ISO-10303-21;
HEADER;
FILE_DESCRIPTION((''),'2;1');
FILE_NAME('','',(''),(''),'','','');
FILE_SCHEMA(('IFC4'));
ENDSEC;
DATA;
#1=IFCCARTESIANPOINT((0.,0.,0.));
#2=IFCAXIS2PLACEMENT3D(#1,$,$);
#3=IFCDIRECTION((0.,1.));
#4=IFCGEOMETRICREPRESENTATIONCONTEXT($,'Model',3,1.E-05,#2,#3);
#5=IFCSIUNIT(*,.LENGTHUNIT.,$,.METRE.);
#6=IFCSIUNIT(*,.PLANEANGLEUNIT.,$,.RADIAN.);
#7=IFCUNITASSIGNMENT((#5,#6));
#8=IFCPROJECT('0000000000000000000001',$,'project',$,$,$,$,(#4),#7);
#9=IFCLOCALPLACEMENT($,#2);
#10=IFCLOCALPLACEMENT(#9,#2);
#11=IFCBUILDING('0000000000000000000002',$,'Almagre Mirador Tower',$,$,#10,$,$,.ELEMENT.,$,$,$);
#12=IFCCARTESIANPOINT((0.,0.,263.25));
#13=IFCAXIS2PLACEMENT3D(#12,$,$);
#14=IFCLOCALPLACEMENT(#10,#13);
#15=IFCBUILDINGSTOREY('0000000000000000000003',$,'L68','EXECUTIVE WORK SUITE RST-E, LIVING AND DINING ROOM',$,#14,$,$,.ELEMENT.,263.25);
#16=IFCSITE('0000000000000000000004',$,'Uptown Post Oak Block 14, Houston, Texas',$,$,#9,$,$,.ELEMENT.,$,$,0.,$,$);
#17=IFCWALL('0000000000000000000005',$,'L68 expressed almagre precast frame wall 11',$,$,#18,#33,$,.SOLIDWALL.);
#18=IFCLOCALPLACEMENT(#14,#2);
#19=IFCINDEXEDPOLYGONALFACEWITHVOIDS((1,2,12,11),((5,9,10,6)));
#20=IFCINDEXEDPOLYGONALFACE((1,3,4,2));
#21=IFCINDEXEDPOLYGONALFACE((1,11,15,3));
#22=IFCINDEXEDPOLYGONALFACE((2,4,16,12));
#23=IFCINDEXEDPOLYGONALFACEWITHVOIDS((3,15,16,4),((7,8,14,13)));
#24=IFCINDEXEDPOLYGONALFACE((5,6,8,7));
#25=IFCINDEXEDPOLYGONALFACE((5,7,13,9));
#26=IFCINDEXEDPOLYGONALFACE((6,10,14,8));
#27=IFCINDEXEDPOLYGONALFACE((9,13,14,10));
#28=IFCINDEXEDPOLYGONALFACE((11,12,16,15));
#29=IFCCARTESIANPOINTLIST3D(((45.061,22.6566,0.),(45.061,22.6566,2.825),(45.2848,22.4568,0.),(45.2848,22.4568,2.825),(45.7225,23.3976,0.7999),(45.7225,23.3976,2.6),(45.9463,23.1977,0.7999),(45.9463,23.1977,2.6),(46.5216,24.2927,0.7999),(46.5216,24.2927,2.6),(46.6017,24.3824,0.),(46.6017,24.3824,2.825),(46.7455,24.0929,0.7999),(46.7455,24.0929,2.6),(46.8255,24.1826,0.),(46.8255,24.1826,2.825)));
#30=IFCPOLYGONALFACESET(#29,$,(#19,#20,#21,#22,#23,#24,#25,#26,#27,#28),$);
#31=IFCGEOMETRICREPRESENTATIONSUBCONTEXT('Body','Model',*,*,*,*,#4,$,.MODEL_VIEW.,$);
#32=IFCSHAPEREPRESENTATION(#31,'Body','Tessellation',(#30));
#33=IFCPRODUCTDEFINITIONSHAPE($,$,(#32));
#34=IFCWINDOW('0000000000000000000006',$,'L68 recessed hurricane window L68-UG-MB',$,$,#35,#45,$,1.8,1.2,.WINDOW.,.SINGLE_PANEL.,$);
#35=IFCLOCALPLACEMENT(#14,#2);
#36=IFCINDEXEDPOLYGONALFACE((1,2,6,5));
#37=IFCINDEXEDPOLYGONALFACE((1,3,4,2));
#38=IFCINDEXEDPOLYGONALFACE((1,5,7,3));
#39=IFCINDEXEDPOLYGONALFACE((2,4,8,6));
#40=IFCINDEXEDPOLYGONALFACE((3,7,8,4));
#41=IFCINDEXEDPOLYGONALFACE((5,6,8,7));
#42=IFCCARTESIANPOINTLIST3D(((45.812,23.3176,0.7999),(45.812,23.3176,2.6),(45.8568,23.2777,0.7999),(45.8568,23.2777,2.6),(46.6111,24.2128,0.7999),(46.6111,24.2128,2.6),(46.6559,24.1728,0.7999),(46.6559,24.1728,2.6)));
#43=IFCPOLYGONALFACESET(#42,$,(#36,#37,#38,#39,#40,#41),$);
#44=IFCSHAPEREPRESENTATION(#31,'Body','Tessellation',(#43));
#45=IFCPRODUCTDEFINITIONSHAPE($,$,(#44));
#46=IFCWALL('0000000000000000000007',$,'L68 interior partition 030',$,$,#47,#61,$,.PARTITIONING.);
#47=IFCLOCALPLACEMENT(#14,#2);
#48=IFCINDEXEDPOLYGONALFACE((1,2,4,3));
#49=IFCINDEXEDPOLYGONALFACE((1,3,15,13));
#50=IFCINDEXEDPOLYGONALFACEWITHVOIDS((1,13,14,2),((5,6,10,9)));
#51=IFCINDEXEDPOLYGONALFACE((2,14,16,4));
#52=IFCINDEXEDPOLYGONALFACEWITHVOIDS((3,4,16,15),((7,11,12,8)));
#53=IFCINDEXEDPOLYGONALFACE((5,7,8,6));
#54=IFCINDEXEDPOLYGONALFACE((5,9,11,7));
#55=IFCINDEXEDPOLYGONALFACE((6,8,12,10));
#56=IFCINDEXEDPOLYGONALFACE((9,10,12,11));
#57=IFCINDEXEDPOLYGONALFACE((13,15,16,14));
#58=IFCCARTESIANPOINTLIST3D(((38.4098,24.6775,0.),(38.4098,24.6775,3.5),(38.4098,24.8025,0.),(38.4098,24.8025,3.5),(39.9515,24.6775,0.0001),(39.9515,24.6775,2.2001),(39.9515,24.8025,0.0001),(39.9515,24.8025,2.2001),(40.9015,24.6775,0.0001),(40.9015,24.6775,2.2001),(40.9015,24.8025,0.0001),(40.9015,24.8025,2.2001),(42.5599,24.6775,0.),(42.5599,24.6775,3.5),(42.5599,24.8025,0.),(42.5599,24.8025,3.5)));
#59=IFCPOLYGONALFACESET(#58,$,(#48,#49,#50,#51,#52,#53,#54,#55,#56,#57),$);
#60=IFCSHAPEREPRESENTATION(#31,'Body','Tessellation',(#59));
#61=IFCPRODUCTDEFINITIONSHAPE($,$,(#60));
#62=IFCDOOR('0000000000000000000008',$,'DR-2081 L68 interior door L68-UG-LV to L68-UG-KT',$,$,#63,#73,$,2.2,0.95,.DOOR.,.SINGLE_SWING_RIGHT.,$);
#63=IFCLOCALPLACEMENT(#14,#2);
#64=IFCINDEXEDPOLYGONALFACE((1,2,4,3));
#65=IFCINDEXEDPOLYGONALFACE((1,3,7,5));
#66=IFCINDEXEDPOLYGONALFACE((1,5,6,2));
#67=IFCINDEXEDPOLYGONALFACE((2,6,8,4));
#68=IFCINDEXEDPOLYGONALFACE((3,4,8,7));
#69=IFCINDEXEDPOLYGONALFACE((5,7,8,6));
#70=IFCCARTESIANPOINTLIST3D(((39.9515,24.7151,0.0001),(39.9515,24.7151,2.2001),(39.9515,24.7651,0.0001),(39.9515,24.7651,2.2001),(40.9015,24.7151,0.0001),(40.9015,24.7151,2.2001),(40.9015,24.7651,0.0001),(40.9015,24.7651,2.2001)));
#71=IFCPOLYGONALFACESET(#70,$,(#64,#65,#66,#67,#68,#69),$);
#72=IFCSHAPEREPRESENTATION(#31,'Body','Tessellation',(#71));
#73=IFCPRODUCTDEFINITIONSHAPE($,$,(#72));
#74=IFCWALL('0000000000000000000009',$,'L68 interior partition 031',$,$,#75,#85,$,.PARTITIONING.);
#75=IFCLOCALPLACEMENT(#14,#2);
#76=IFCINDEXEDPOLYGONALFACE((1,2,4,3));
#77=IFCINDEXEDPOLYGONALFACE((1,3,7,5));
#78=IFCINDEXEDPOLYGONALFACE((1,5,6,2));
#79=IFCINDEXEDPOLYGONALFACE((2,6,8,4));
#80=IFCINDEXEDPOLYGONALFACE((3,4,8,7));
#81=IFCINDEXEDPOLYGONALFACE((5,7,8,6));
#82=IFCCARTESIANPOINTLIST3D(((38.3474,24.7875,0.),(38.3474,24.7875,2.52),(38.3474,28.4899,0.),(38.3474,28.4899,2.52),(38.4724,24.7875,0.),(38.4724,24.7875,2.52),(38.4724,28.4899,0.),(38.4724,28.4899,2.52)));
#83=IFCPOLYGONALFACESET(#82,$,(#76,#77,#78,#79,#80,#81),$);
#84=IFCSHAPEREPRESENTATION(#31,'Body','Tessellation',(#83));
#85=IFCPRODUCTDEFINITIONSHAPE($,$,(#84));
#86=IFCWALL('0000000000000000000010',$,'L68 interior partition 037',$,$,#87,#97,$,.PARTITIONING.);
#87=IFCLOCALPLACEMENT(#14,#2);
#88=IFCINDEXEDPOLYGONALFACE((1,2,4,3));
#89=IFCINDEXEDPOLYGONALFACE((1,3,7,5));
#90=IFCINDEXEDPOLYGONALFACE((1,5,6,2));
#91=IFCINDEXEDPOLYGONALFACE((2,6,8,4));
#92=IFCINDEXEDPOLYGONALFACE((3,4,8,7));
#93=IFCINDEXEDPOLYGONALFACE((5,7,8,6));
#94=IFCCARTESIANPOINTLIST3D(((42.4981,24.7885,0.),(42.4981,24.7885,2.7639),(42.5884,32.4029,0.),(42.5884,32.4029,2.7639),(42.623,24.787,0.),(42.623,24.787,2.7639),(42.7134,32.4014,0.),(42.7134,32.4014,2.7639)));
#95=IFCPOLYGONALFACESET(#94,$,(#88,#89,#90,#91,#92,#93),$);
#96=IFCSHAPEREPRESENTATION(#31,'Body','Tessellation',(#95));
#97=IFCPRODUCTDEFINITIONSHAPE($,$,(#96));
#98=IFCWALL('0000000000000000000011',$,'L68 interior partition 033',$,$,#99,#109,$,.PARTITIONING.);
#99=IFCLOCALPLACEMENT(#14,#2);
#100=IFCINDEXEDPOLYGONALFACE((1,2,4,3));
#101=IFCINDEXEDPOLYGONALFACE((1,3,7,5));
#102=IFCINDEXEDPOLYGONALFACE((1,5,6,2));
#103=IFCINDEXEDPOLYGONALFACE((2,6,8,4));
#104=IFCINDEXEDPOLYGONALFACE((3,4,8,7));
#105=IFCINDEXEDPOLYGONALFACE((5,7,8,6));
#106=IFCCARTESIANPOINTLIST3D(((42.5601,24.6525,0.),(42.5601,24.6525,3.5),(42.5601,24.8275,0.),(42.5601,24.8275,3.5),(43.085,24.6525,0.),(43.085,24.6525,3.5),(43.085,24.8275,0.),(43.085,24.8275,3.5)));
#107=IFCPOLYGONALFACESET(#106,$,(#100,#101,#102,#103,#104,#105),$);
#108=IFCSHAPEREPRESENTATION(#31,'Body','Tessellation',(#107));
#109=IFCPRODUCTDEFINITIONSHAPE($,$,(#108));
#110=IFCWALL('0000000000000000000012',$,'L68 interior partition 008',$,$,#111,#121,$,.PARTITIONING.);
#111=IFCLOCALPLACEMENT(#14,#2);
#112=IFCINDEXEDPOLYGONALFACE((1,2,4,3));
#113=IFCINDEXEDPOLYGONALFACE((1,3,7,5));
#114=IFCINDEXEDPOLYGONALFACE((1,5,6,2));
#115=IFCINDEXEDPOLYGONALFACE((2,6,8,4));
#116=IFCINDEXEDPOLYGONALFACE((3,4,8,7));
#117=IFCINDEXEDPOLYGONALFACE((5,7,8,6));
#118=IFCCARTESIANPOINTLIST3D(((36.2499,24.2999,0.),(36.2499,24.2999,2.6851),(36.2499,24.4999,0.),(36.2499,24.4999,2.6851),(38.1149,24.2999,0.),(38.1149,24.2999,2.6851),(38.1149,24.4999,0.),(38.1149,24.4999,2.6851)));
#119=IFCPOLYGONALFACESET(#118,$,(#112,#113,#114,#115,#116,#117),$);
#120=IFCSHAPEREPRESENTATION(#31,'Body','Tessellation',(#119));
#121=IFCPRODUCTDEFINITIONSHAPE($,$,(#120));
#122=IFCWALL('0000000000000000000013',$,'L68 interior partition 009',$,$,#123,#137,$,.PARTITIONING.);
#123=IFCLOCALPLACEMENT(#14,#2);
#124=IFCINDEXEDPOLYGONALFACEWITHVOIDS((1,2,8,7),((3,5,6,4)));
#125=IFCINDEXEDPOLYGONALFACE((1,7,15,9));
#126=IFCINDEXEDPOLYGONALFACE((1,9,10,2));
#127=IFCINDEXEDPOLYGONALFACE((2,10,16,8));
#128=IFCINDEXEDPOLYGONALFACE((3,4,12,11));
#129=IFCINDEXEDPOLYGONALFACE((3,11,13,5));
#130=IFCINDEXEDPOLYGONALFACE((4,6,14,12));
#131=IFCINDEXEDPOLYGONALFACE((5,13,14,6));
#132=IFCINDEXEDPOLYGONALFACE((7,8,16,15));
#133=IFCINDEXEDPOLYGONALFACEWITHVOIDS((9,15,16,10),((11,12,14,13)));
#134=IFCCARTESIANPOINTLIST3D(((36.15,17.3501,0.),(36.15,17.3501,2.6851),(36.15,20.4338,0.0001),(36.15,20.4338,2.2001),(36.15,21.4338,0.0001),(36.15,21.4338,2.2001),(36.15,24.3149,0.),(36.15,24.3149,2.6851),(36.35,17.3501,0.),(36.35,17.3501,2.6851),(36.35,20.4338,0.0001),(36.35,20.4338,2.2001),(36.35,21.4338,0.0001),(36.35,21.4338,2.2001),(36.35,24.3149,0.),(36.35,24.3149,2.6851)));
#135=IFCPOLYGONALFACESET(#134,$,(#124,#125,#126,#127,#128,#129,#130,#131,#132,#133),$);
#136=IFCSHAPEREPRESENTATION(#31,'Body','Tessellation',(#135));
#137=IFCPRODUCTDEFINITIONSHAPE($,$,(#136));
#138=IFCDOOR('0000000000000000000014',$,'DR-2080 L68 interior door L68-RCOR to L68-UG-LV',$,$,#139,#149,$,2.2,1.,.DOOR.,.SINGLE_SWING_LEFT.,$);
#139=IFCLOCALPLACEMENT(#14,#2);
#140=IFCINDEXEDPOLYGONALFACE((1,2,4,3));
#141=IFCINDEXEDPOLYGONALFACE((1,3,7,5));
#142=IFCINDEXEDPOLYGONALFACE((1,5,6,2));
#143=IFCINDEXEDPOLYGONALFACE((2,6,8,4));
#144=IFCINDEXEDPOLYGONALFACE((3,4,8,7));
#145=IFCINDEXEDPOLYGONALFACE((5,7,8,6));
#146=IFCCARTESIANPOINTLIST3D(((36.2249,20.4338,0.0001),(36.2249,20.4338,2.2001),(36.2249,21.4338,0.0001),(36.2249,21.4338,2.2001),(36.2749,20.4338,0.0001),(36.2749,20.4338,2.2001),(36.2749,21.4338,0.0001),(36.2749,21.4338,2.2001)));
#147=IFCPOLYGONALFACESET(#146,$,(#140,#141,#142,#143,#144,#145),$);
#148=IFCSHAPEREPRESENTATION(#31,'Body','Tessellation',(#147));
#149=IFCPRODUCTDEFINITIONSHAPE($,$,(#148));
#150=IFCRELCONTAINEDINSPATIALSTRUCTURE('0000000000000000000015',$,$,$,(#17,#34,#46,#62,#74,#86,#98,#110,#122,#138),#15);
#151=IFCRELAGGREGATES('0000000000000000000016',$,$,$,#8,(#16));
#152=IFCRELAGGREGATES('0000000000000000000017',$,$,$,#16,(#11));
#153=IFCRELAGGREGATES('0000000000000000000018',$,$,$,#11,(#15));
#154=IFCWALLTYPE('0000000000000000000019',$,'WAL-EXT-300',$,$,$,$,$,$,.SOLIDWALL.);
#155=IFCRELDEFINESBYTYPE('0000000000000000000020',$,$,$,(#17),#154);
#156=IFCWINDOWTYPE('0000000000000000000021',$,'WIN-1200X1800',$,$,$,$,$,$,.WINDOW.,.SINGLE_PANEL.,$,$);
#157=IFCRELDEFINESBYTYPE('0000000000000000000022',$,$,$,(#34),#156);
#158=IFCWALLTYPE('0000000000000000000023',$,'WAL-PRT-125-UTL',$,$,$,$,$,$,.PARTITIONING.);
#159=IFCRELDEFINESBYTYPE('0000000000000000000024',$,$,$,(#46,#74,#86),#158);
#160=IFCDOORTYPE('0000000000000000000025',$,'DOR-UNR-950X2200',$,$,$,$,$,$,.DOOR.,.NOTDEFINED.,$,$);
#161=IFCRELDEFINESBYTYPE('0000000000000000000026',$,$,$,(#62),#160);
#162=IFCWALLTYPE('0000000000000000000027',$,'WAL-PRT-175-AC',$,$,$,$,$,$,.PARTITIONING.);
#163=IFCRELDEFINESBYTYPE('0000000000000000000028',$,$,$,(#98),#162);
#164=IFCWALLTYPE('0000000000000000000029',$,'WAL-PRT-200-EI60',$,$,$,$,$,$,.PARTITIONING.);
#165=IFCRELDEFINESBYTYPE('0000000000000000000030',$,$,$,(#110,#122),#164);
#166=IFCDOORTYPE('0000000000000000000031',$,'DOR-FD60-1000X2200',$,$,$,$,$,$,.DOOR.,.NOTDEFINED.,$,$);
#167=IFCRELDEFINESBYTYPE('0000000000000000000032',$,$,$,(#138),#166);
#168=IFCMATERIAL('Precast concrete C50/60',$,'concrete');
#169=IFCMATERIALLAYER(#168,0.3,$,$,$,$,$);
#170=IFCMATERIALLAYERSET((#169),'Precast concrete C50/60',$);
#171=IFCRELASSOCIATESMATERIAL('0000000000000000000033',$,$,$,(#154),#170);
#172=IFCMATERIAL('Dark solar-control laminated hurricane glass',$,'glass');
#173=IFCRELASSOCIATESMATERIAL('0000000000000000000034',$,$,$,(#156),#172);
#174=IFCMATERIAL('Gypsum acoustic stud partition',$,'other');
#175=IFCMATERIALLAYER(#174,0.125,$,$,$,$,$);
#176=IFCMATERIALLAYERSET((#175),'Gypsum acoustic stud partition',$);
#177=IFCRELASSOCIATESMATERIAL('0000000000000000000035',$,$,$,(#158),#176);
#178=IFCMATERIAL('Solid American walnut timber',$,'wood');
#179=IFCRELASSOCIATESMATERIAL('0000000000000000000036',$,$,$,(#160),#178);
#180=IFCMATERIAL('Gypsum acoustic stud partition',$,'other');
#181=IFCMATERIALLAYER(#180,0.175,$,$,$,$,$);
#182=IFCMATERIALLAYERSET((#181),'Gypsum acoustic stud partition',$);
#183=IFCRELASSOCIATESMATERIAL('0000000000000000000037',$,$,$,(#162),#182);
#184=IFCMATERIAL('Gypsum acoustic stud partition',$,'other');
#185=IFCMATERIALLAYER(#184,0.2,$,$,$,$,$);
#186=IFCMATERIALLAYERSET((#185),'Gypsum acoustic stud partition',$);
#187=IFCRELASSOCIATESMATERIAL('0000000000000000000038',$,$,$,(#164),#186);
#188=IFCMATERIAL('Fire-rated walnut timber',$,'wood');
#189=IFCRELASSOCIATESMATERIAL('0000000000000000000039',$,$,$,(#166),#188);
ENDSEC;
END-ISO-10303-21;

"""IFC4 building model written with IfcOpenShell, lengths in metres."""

from ifc_helpers import new_model, si_unit, direction, frame, frame_2d, origin, place, context, subcontext, project, spatial, rectangle, extrude, material, layer, layer_set, type_object, element, fill, save


model = new_model("IFC4")

# Units and contexts
model_context = context("Model", 3, precision=1e-05, world=origin(), true_north=direction((0.0, 1.0)))
body_context = subcontext(model_context, "Body", "Model", "MODEL_VIEW")
ifc_project = project(units=[si_unit("LENGTHUNIT", "METRE"), si_unit("PLANEANGLEUNIT", "RADIAN")], contexts=[model_context])

# Site, building, storey
site_placement = place(None, origin())
site = spatial("IfcSite", under=ifc_project, at=site_placement, Name="Uptown Post Oak Block 14, Houston, Texas", CompositionType="ELEMENT", RefElevation=0.0)
building_placement = place(site_placement, origin())
building = spatial("IfcBuilding", under=site, at=building_placement, Name="Almagre Mirador Tower", CompositionType="ELEMENT")
storey_placement = place(building_placement, frame((0.0, 0.0, 263.25)))
storey = spatial("IfcBuildingStorey", under=building, at=storey_placement, Name="L68", Description="EXECUTIVE WORK SUITE RST-E, LIVING AND DINING ROOM", CompositionType="ELEMENT", Elevation=263.25)

# Wall, opening, window
ifc_material_1 = material(Name="Precast concrete C50/60", Category="concrete")
ifc_layer_1 = layer(ifc_material_1, 0.3)
ifc_layer_set_1 = layer_set([ifc_layer_1], Name="Precast concrete C50/60")
wall_type_1 = type_object("IfcWallType", Name="WAL-EXT-300", PredefinedType="SOLIDWALL", material=ifc_layer_set_1)
wall_1_placement = place(storey_placement, frame((46.7136, 24.2825, 0.0), z_axis=(0.0, 0.0, 1.0), x_axis=(-0.66598, -0.745969, 0.0)))
wall_1 = element("IfcWall", 1, at=wall_1_placement, inside=storey, type_object=wall_type_1, Name="L68 expressed almagre precast frame wall 11", PredefinedType="SOLIDWALL", context=body_context, shape_type="SweptSolid", body=[
    extrude(rectangle(XDim=2.3135, YDim=0.3, at=frame_2d((1.1567, 0.0))), origin(), (0.0, 0.0, 1.0), 2.825),
])
opening_1_placement = place(wall_1_placement, frame((0.1201, 0.0, 0.8)))
opening_1 = element("IfcOpeningElement", 2, at=opening_1_placement, cuts=wall_1, PredefinedType="OPENING", context=body_context, shape_type="SweptSolid", body=[
    extrude(rectangle(XDim=1.2, YDim=1.8, at=frame_2d((0.6001, 0.8999))), frame((0.0, 0.1599, 0.0), z_axis=(0.0, -1.0, 0.0), x_axis=(1.0, 0.0, 0.0)), (0.0, 0.0, 1.0), 0.32),
])
ifc_material_2 = material(Name="Dark solar-control laminated hurricane glass", Category="glass")
window_type = type_object("IfcWindowType", Name="WIN-1200X1800", PartitioningType="SINGLE_PANEL", PredefinedType="WINDOW", material=ifc_material_2)
window_placement = place(opening_1_placement, origin())
window = element("IfcWindow", 3, at=window_placement, inside=storey, type_object=window_type, Name="L68 recessed hurricane window L68-UG-MB", OverallHeight=1.8, OverallWidth=1.2, PartitioningType="SINGLE_PANEL", PredefinedType="WINDOW", context=body_context, shape_type="SweptSolid", body=[
    extrude(rectangle(XDim=1.2, YDim=1.8, at=frame_2d((0.6001, 0.8999))), frame((0.0, 0.03, 0.0), z_axis=(0.0, -1.0, 0.0), x_axis=(1.0, 0.0, 0.0)), (0.0, 0.0, 1.0), 0.0601),
])
fill(opening_1, window)

# Wall, opening, door
ifc_material_3 = material(Name="Gypsum acoustic stud partition", Category="other")
ifc_layer_2 = layer(ifc_material_3, 0.125)
ifc_layer_set_2 = layer_set([ifc_layer_2], Name="Gypsum acoustic stud partition")
wall_type_2 = type_object("IfcWallType", Name="WAL-PRT-125-UTL", PredefinedType="PARTITIONING", material=ifc_layer_set_2)
wall_2_placement = place(storey_placement, frame((42.5601, 24.74, 0.0), z_axis=(0.0, 0.0, 1.0), x_axis=(-1.0, 0.0, 0.0)))
wall_2 = element("IfcWall", 4, at=wall_2_placement, inside=storey, type_object=wall_type_2, Name="L68 interior partition 030", PredefinedType="PARTITIONING", context=body_context, shape_type="SweptSolid", body=[
    extrude(rectangle(XDim=4.1501, YDim=0.125, at=frame_2d((2.0752, 0.0))), origin(), (0.0, 0.0, 1.0), 3.5),
])
opening_2_placement = place(wall_2_placement, frame((1.6584, 0.0, 0.0)))
opening_2 = element("IfcOpeningElement", 5, at=opening_2_placement, cuts=wall_2, PredefinedType="OPENING", context=body_context, shape_type="SweptSolid", body=[
    extrude(rectangle(XDim=0.95, YDim=2.2, at=frame_2d((0.4751, 1.1001))), frame((0.0, 0.0725, 0.0), z_axis=(0.0, -1.0, 0.0), x_axis=(1.0, 0.0, 0.0)), (0.0, 0.0, 1.0), 0.145),
])
ifc_material_4 = material(Name="Solid American walnut timber", Category="wood")
door_type_1 = type_object("IfcDoorType", Name="DOR-UNR-950X2200", OperationType="NOTDEFINED", PredefinedType="DOOR", material=ifc_material_4)
door_1_placement = place(opening_2_placement, origin())
door_1 = element("IfcDoor", 6, at=door_1_placement, inside=storey, type_object=door_type_1, Name="DR-2081 L68 interior door L68-UG-LV to L68-UG-KT", OperationType="SINGLE_SWING_RIGHT", OverallHeight=2.2, OverallWidth=0.95, PredefinedType="DOOR", context=body_context, shape_type="SweptSolid", body=[
    extrude(rectangle(XDim=0.95, YDim=2.2, at=frame_2d((0.4751, 1.1001))), frame((0.0, 0.0249, 0.0), z_axis=(0.0, -1.0, 0.0), x_axis=(1.0, 0.0, 0.0)), (0.0, 0.0, 1.0), 0.05),
])
fill(opening_2, door_1)

# Walls
wall_3_placement = place(storey_placement, frame((38.4099, 24.7876, 0.0), z_axis=(0.0, 0.0, 1.0), x_axis=(0.0, 1.0, 0.0)))
element("IfcWall", 7, at=wall_3_placement, inside=storey, type_object=wall_type_2, Name="L68 interior partition 031", PredefinedType="PARTITIONING", context=body_context, shape_type="SweptSolid", body=[
    extrude(rectangle(XDim=3.7024, YDim=0.125, at=frame_2d((1.8511, 0.0))), origin(), (0.0, 0.0, 1.0), 2.52),
])
wall_4_placement = place(storey_placement, frame((42.5605, 24.7876, 0.0), z_axis=(0.0, 0.0, 1.0), x_axis=(0.011862, 0.99993, 0.0)))
element("IfcWall", 8, at=wall_4_placement, inside=storey, type_object=wall_type_2, Name="L68 interior partition 037", PredefinedType="PARTITIONING", context=body_context, shape_type="SweptSolid", body=[
    extrude(rectangle(XDim=7.615, YDim=0.125, at=frame_2d((3.8076, 0.0))), origin(), (0.0, 0.0, 1.0), 2.7639),
])
ifc_material_5 = material(Name="Gypsum acoustic stud partition", Category="other")
ifc_layer_3 = layer(ifc_material_5, 0.175)
ifc_layer_set_3 = layer_set([ifc_layer_3], Name="Gypsum acoustic stud partition")
wall_type_3 = type_object("IfcWallType", Name="WAL-PRT-175-AC", PredefinedType="PARTITIONING", material=ifc_layer_set_3)
wall_5_placement = place(storey_placement, frame((43.085, 24.74, 0.0), z_axis=(0.0, 0.0, 1.0), x_axis=(-1.0, 0.0, 0.0)))
element("IfcWall", 9, at=wall_5_placement, inside=storey, type_object=wall_type_3, Name="L68 interior partition 033", PredefinedType="PARTITIONING", context=body_context, shape_type="SweptSolid", body=[
    extrude(rectangle(XDim=0.5249, YDim=0.175, at=frame_2d((0.2625, 0.0))), origin(), (0.0, 0.0, 1.0), 3.5),
])
ifc_material_6 = material(Name="Gypsum acoustic stud partition", Category="other")
ifc_layer_4 = layer(ifc_material_6, 0.2)
ifc_layer_set_4 = layer_set([ifc_layer_4], Name="Gypsum acoustic stud partition")
wall_type_4 = type_object("IfcWallType", Name="WAL-PRT-200-EI60", PredefinedType="PARTITIONING", material=ifc_layer_set_4)
wall_6_placement = place(storey_placement, frame((38.115, 24.3999, 0.0), z_axis=(0.0, 0.0, 1.0), x_axis=(-1.0, 0.0, 0.0)))
element("IfcWall", 10, at=wall_6_placement, inside=storey, type_object=wall_type_4, Name="L68 interior partition 008", PredefinedType="PARTITIONING", context=body_context, shape_type="SweptSolid", body=[
    extrude(rectangle(XDim=1.865, YDim=0.2, at=frame_2d((0.9326, 0.0))), origin(), (0.0, 0.0, 1.0), 2.6851),
])

# Wall, opening, door
wall_7_placement = place(storey_placement, frame((36.25, 24.3149, 0.0), z_axis=(0.0, 0.0, 1.0), x_axis=(0.0, -1.0, 0.0)))
wall_7 = element("IfcWall", 11, at=wall_7_placement, inside=storey, type_object=wall_type_4, Name="L68 interior partition 009", PredefinedType="PARTITIONING", context=body_context, shape_type="SweptSolid", body=[
    extrude(rectangle(XDim=6.9648, YDim=0.2, at=frame_2d((3.4824, 0.0))), origin(), (0.0, 0.0, 1.0), 2.6851),
])
opening_3_placement = place(wall_7_placement, frame((2.8811, 0.0, 0.0)))
opening_3 = element("IfcOpeningElement", 12, at=opening_3_placement, cuts=wall_7, PredefinedType="OPENING", context=body_context, shape_type="SweptSolid", body=[
    extrude(rectangle(XDim=1.0, YDim=2.2, at=frame_2d((0.5, 1.1001))), frame((0.0, 0.1101, 0.0), z_axis=(0.0, -1.0, 0.0), x_axis=(1.0, 0.0, 0.0)), (0.0, 0.0, 1.0), 0.22),
])
ifc_material_7 = material(Name="Fire-rated walnut timber", Category="wood")
door_type_2 = type_object("IfcDoorType", Name="DOR-FD60-1000X2200", OperationType="NOTDEFINED", PredefinedType="DOOR", material=ifc_material_7)
door_2_placement = place(opening_3_placement, origin())
door_2 = element("IfcDoor", 13, at=door_2_placement, inside=storey, type_object=door_type_2, Name="DR-2080 L68 interior door L68-RCOR to L68-UG-LV", OperationType="SINGLE_SWING_LEFT", OverallHeight=2.2, OverallWidth=1.0, PredefinedType="DOOR", context=body_context, shape_type="SweptSolid", body=[
    extrude(rectangle(XDim=1.0, YDim=2.2, at=frame_2d((0.5, 1.1001))), frame((0.0, 0.0249, 0.0), z_axis=(0.0, -1.0, 0.0), x_axis=(1.0, 0.0, 0.0)), (0.0, 0.0, 1.0), 0.05),
])
fill(opening_3, door_2)

save(model, "model.ifc")
